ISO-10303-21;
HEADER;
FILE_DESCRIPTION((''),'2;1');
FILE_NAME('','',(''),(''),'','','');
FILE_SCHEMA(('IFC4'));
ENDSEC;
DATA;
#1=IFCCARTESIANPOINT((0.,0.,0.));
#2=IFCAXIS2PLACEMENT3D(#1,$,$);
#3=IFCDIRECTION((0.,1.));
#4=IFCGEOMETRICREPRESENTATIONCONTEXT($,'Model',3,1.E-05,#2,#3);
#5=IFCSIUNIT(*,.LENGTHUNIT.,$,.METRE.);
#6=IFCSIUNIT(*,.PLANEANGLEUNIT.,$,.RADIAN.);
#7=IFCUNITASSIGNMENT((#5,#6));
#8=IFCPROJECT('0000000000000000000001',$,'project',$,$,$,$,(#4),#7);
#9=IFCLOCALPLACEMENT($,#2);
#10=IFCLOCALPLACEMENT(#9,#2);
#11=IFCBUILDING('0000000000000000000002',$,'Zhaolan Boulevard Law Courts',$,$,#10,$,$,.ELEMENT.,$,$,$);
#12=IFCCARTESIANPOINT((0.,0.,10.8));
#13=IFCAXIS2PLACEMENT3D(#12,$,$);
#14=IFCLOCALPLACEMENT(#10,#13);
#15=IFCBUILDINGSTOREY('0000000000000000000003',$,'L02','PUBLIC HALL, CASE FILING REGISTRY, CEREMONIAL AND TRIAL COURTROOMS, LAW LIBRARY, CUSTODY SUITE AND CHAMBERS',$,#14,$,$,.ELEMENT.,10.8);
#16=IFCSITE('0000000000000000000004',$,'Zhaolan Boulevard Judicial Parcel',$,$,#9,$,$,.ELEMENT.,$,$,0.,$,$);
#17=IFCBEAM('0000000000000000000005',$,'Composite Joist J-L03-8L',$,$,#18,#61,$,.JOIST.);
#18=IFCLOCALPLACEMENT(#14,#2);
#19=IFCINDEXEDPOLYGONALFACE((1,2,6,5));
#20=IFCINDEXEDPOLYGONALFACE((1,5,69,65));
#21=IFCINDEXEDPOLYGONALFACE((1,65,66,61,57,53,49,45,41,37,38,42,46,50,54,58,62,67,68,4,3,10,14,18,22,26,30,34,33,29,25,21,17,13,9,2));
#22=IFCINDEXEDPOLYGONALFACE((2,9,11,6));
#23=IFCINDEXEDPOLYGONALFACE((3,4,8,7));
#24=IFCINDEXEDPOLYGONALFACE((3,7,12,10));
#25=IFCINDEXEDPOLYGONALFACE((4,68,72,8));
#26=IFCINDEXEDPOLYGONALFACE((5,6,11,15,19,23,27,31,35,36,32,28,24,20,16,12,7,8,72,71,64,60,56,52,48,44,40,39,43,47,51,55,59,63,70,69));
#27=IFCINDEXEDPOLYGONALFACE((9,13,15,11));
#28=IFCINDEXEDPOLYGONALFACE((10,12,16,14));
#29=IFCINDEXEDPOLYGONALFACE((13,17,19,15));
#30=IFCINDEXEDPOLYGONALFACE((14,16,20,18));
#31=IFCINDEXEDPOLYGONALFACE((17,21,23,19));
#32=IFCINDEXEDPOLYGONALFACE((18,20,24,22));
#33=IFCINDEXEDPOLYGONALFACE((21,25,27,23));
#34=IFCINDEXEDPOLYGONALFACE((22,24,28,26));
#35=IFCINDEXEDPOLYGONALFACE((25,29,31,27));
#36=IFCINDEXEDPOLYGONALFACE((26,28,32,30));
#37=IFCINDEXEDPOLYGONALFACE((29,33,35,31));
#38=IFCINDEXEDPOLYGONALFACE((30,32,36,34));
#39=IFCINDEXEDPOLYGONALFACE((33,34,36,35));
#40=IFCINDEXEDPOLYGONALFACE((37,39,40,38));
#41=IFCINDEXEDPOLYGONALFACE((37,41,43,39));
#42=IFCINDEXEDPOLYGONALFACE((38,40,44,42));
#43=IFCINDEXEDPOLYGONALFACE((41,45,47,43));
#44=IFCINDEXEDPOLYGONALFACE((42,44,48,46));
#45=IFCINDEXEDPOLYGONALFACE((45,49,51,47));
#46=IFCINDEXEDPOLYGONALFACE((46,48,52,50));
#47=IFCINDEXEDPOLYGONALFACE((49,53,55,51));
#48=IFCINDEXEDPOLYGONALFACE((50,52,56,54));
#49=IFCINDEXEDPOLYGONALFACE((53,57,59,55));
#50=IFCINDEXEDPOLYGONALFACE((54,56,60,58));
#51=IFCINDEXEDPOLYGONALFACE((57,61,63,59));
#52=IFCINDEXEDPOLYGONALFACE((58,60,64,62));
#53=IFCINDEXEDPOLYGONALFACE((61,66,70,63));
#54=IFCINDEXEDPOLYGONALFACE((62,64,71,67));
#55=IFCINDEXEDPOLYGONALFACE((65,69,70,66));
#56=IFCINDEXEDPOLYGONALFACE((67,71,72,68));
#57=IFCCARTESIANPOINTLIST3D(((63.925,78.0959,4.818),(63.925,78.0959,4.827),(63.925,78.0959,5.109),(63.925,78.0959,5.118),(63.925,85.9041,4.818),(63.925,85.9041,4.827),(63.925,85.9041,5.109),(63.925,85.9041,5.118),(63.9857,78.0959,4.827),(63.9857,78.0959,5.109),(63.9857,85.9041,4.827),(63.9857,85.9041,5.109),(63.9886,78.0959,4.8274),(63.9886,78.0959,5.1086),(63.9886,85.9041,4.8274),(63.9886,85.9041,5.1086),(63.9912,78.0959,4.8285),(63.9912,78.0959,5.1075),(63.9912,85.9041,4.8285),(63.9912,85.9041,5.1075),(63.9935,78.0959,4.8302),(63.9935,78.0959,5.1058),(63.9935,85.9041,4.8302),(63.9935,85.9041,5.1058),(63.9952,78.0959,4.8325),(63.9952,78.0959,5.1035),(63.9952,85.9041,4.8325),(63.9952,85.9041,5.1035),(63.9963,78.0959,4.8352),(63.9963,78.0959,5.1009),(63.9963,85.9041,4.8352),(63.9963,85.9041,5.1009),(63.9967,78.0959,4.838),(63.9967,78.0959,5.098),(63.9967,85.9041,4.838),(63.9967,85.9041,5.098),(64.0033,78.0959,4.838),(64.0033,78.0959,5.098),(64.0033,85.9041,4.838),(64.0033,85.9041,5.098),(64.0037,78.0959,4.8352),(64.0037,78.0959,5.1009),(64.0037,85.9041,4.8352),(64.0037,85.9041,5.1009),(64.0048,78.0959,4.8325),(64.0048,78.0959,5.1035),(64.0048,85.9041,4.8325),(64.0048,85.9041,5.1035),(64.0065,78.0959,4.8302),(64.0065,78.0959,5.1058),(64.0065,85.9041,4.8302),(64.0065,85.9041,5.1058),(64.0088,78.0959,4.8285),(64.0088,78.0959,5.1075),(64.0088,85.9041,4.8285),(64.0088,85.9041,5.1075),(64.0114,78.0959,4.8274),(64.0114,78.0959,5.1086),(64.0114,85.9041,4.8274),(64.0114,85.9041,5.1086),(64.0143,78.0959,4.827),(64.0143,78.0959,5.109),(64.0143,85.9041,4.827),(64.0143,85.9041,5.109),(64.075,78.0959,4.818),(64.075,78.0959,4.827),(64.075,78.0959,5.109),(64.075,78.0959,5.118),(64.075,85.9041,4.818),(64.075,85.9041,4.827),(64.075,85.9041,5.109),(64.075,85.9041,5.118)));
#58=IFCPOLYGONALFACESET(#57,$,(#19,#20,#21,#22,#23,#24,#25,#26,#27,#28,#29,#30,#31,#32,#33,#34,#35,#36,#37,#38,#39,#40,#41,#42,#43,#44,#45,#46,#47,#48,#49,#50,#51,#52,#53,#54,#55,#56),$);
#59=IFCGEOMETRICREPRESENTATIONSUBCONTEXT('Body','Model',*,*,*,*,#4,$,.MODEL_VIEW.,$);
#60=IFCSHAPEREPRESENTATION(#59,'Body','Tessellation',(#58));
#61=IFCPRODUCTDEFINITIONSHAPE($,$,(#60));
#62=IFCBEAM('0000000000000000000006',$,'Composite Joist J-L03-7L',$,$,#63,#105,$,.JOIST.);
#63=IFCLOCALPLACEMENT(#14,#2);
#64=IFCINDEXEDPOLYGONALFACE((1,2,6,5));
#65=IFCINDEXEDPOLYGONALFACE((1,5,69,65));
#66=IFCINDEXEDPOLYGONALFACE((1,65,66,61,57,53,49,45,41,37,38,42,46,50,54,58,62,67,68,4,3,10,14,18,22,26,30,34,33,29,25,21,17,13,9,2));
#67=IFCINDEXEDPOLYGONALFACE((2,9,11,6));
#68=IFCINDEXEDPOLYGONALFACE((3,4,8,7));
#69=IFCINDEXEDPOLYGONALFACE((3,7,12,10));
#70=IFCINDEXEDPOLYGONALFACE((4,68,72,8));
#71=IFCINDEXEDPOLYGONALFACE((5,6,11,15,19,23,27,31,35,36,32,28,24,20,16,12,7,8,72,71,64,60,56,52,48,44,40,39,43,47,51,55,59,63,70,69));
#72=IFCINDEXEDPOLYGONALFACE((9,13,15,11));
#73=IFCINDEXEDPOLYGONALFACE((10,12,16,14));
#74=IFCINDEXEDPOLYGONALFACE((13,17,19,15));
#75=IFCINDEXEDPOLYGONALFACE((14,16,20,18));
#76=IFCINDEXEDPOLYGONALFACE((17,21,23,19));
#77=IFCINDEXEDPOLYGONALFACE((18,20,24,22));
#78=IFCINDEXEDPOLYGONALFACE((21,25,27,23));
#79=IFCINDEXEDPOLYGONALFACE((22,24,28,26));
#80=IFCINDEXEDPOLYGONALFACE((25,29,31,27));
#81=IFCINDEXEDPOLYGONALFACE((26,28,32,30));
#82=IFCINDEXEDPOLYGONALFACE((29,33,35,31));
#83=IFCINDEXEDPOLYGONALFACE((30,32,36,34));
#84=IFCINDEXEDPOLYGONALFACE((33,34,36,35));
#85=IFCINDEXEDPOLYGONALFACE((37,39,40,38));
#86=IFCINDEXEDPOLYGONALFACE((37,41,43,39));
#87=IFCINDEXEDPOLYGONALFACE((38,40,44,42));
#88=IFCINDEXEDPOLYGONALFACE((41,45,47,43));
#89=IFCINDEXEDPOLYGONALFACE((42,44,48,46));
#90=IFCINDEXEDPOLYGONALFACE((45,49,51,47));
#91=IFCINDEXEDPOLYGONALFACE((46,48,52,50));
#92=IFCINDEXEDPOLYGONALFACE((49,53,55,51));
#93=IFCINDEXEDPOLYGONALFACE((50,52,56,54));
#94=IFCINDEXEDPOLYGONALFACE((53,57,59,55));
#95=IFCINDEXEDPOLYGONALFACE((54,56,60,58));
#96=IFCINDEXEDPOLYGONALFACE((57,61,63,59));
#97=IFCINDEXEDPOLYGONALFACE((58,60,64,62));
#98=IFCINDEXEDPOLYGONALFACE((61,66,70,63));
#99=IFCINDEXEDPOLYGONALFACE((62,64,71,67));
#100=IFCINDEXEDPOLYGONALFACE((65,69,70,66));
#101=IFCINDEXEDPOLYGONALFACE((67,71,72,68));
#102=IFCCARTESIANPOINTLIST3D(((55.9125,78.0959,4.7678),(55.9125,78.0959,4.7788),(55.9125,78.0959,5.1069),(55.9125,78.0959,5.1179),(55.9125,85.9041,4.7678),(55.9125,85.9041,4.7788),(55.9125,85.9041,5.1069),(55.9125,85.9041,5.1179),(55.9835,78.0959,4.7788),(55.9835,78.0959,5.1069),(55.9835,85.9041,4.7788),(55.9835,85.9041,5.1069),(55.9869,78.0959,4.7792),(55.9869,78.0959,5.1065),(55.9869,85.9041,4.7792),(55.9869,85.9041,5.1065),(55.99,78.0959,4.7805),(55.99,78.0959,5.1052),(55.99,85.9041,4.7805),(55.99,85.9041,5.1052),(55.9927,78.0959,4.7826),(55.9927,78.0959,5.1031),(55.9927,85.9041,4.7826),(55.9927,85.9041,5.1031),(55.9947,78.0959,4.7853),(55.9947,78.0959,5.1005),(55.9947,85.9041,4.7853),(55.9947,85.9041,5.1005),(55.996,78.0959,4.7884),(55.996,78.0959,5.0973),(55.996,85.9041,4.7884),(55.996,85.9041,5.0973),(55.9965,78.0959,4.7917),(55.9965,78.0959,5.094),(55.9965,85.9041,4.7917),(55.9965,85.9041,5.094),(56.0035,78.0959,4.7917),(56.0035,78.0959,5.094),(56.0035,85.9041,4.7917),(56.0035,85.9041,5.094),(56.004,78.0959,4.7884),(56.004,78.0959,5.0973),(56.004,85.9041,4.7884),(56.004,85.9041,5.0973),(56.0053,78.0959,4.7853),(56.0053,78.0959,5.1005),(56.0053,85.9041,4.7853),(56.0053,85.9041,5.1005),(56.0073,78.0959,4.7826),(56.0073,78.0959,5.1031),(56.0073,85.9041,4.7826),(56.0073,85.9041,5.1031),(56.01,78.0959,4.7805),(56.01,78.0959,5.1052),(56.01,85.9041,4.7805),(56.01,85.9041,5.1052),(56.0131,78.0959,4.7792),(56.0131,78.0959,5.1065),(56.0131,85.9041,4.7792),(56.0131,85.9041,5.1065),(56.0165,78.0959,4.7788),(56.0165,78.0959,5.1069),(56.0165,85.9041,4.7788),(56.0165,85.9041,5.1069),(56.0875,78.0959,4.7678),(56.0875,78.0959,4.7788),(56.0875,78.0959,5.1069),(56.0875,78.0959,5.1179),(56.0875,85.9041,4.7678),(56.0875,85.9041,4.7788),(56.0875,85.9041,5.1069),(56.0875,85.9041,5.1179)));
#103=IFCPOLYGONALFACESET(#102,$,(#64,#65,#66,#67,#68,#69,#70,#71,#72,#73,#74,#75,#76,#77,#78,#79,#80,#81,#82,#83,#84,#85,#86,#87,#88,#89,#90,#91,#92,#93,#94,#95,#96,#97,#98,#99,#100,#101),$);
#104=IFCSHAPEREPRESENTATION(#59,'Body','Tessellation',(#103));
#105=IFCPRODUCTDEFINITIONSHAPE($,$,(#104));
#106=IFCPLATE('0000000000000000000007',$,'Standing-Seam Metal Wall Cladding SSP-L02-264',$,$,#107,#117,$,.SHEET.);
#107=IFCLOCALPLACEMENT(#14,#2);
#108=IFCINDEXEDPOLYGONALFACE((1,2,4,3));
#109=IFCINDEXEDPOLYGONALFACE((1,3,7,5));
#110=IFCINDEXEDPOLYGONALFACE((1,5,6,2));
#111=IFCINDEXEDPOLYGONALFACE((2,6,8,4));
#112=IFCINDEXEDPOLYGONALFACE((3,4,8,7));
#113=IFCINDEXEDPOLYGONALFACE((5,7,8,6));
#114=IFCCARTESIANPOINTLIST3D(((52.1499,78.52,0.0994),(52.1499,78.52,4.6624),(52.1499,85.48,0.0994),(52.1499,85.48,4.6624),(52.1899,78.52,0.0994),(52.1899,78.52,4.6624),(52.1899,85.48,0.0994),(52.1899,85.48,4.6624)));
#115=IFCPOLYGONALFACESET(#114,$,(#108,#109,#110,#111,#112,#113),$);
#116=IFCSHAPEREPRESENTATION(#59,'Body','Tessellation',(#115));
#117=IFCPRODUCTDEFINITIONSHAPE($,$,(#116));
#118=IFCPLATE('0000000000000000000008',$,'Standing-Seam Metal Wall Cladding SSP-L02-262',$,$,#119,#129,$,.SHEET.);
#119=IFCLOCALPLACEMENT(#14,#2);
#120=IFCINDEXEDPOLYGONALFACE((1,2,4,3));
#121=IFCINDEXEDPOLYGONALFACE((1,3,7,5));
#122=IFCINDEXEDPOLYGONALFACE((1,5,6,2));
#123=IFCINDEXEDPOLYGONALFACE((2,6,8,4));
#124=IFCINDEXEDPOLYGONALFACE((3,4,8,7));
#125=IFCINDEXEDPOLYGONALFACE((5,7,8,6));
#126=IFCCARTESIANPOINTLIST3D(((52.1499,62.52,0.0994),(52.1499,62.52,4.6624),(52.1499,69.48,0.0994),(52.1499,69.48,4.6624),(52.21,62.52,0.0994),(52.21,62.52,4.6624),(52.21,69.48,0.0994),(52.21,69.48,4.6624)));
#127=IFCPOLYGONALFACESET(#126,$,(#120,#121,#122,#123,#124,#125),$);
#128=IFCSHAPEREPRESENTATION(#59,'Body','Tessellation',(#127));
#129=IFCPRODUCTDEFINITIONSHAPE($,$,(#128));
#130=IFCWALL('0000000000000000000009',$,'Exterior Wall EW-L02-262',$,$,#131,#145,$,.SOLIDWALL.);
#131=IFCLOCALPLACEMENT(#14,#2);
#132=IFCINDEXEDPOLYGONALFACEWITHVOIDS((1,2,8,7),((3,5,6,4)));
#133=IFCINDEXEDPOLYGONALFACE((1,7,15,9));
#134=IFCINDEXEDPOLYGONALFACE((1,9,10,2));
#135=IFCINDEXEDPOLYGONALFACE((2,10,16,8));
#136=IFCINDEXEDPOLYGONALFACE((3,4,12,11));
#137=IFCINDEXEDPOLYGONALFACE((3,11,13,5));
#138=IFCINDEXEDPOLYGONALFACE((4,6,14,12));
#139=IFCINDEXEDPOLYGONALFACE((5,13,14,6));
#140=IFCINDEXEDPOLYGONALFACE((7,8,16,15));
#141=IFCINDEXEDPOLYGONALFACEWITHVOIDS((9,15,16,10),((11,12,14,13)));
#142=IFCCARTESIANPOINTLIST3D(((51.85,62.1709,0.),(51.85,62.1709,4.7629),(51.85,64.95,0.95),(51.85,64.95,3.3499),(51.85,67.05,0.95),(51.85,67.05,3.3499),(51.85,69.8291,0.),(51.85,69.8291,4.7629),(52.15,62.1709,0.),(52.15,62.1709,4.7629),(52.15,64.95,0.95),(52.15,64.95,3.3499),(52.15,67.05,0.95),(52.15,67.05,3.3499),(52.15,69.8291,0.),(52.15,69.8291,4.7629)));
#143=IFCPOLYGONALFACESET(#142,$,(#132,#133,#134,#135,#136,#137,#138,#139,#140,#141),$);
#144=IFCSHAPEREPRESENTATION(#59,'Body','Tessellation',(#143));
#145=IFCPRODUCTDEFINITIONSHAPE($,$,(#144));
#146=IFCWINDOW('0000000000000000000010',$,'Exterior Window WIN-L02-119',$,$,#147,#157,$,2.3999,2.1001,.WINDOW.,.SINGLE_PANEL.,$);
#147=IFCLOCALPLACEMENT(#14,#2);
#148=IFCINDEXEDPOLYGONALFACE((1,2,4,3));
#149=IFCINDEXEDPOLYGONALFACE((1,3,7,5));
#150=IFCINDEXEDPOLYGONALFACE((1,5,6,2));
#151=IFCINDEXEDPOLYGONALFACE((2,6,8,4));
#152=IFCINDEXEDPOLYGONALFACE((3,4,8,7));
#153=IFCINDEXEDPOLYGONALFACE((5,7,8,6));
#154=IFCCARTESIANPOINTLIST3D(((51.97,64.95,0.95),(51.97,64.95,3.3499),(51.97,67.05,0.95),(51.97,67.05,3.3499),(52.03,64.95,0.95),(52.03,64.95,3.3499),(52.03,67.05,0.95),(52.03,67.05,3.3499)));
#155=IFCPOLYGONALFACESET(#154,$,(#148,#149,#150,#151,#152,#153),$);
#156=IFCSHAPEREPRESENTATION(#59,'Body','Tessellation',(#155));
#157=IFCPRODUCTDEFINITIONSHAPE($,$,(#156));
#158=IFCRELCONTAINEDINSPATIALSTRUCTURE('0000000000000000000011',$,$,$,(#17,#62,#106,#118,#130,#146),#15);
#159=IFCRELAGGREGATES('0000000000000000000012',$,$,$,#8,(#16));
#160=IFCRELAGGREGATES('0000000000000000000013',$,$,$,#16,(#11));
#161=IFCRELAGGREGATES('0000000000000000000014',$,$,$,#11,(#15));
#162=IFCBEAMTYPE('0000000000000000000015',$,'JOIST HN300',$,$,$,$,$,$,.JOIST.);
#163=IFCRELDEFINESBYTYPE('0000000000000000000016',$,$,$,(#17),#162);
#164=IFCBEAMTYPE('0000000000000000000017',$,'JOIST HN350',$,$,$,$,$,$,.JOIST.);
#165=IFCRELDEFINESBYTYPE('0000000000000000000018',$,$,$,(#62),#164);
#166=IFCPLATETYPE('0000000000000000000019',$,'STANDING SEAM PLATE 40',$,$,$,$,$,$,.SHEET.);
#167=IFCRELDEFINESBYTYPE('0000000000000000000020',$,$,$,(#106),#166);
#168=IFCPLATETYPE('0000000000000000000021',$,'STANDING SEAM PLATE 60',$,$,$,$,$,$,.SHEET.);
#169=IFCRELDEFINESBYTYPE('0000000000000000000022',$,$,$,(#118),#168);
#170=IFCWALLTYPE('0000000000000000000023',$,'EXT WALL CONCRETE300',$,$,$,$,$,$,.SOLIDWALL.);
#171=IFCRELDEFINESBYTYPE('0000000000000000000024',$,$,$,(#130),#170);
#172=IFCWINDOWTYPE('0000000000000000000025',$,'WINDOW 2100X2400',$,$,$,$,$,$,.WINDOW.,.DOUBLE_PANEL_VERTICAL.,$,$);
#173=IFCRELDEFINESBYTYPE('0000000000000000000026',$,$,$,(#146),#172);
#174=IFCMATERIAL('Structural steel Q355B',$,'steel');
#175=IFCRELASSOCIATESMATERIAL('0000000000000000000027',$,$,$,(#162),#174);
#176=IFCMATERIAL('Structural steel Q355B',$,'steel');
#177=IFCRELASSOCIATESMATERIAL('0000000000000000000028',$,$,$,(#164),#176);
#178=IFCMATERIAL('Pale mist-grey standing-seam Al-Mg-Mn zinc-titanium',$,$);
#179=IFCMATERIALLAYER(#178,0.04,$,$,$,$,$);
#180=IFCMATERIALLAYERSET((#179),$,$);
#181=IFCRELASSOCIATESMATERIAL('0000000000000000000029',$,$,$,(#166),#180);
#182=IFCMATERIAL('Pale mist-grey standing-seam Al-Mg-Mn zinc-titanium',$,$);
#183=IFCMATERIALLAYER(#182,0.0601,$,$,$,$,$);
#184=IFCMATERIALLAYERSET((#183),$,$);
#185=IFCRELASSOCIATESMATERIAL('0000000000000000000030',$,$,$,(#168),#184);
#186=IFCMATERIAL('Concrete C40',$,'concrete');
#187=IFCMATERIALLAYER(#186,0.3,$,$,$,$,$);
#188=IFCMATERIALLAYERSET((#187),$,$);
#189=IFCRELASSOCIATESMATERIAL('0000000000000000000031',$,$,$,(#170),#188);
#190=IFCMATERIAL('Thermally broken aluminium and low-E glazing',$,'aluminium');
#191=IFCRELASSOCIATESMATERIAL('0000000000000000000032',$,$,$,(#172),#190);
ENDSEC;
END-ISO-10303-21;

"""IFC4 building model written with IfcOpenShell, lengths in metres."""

from ifc_helpers import new_model, si_unit, direction, frame, frame_2d, origin, origin_2d, place, context, subcontext, project, spatial, rectangle, i_section, extrude, material, layer, layer_set, material_profile, profile_set, type_object, element, fill, save


model = new_model("IFC4")

# Units and contexts
model_context = context("Model", 3, precision=1e-05, world=origin(), true_north=direction((0.0, 1.0)))
body_context = subcontext(model_context, "Body", "Model", "MODEL_VIEW")
ifc_project = project(units=[si_unit("LENGTHUNIT", "METRE"), si_unit("PLANEANGLEUNIT", "RADIAN")], contexts=[model_context])

# Site, building, storey
site_placement = place(None, origin())
site = spatial("IfcSite", under=ifc_project, at=site_placement, Name="Zhaolan Boulevard Judicial Parcel", CompositionType="ELEMENT", RefElevation=0.0)
building_placement = place(site_placement, origin())
building = spatial("IfcBuilding", under=site, at=building_placement, Name="Zhaolan Boulevard Law Courts", CompositionType="ELEMENT")
storey_placement = place(building_placement, frame((0.0, 0.0, 10.8)))
storey = spatial("IfcBuildingStorey", under=building, at=storey_placement, Name="L02", Description="PUBLIC HALL, CASE FILING REGISTRY, CEREMONIAL AND TRIAL COURTROOMS, LAW LIBRARY, CUSTODY SUITE AND CHAMBERS", CompositionType="ELEMENT", Elevation=10.8)

# Beams
ifc_material_1 = material(Name="Structural steel Q355B", Category="steel")
ifc_material_profile_1 = material_profile(ifc_material_1, i_section(OverallWidth=0.1499, OverallDepth=0.3, WebThickness=0.0066, FlangeThickness=0.009, FilletRadius=0.011, at=origin_2d()), Name="HN300x150")
ifc_profile_set_1 = profile_set([ifc_material_profile_1], Name="Structural steel Q355B")
beam_type_1 = type_object("IfcBeamType", Name="JOIST HN300", PredefinedType="JOIST", material=ifc_profile_set_1)
beam_1_placement = place(storey_placement, frame((64.0, 78.0959, 4.968), z_axis=(0.0, 1.0, 0.0), x_axis=(-1.0, 0.0, 0.0)))
element("IfcBeam", 1, at=beam_1_placement, inside=storey, type_object=beam_type_1, Name="Composite Joist J-L03-8L", PredefinedType="JOIST", context=body_context, shape_type="SweptSolid", body=[
    extrude(i_section(OverallWidth=0.1499, OverallDepth=0.3, WebThickness=0.0066, FlangeThickness=0.009, FilletRadius=0.011, at=origin_2d()), origin(), (0.0, 0.0, 1.0), 7.8081),
])
ifc_material_2 = material(Name="Structural steel Q355B", Category="steel")
ifc_material_profile_2 = material_profile(ifc_material_2, i_section(OverallWidth=0.175, OverallDepth=0.3501, WebThickness=0.0071, FlangeThickness=0.011, FilletRadius=0.0129, at=origin_2d()), Name="HN350x175")
ifc_profile_set_2 = profile_set([ifc_material_profile_2], Name="Structural steel Q355B")
beam_type_2 = type_object("IfcBeamType", Name="JOIST HN350", PredefinedType="JOIST", material=ifc_profile_set_2)
beam_2_placement = place(storey_placement, frame((56.0, 78.0959, 4.9429), z_axis=(0.0, 1.0, 0.0), x_axis=(-1.0, 0.0, 0.0)))
element("IfcBeam", 2, at=beam_2_placement, inside=storey, type_object=beam_type_2, Name="Composite Joist J-L03-7L", PredefinedType="JOIST", context=body_context, shape_type="SweptSolid", body=[
    extrude(i_section(OverallWidth=0.175, OverallDepth=0.3501, WebThickness=0.0071, FlangeThickness=0.011, FilletRadius=0.0129, at=origin_2d()), origin(), (0.0, 0.0, 1.0), 7.8081),
])

# Plates
ifc_material_3 = material(Name="Pale mist-grey standing-seam Al-Mg-Mn zinc-titanium")
ifc_layer_1 = layer(ifc_material_3, 0.04)
ifc_layer_set_1 = layer_set([ifc_layer_1])
plate_type_1 = type_object("IfcPlateType", Name="STANDING SEAM PLATE 40", PredefinedType="SHEET", material=ifc_layer_set_1)
plate_1_placement = place(storey_placement, frame((52.1699, 82.0, 0.0994), z_axis=(0.0, 0.0, 1.0), x_axis=(0.0, -1.0, 0.0)))
element("IfcPlate", 3, at=plate_1_placement, inside=storey, type_object=plate_type_1, Name="Standing-Seam Metal Wall Cladding SSP-L02-264", PredefinedType="SHEET", context=body_context, shape_type="SweptSolid", body=[
    extrude(rectangle(XDim=6.96, YDim=0.04, at=origin_2d()), origin(), (0.0, 0.0, 1.0), 4.563),
])
ifc_material_4 = material(Name="Pale mist-grey standing-seam Al-Mg-Mn zinc-titanium")
ifc_layer_2 = layer(ifc_material_4, 0.0601)
ifc_layer_set_2 = layer_set([ifc_layer_2])
plate_type_2 = type_object("IfcPlateType", Name="STANDING SEAM PLATE 60", PredefinedType="SHEET", material=ifc_layer_set_2)
plate_2_placement = place(storey_placement, frame((52.1799, 66.0, 0.0994), z_axis=(0.0, 0.0, 1.0), x_axis=(0.0, -1.0, 0.0)))
element("IfcPlate", 4, at=plate_2_placement, inside=storey, type_object=plate_type_2, Name="Standing-Seam Metal Wall Cladding SSP-L02-262", PredefinedType="SHEET", context=body_context, shape_type="SweptSolid", body=[
    extrude(rectangle(XDim=6.96, YDim=0.0601, at=origin_2d()), origin(), (0.0, 0.0, 1.0), 4.563),
])

# Wall, opening, window
ifc_material_5 = material(Name="Concrete C40", Category="concrete")
ifc_layer_3 = layer(ifc_material_5, 0.3)
ifc_layer_set_3 = layer_set([ifc_layer_3])
wall_type_1 = type_object("IfcWallType", Name="EXT WALL CONCRETE300", PredefinedType="SOLIDWALL", material=ifc_layer_set_3)
wall_1_placement = place(storey_placement, frame((52.0, 69.8291, 0.0), z_axis=(0.0, 0.0, 1.0), x_axis=(0.0, -1.0, 0.0)))
wall_1 = element("IfcWall", 5, at=wall_1_placement, inside=storey, type_object=wall_type_1, Name="Exterior Wall EW-L02-262", PredefinedType="SOLIDWALL", context=body_context, shape_type="SweptSolid", body=[
    extrude(rectangle(XDim=7.6582, YDim=0.3, at=frame_2d((3.8291, 0.0))), origin(), (0.0, 0.0, 1.0), 4.7629),
])
opening_1_placement = place(wall_1_placement, frame((2.7791, 0.0, 0.95)))
opening_1 = element("IfcOpeningElement", 6, at=opening_1_placement, cuts=wall_1, PredefinedType="OPENING", context=body_context, shape_type="SweptSolid", body=[
    extrude(rectangle(XDim=2.1001, YDim=2.3999, at=frame_2d((1.05, 1.2))), frame((0.0, 0.1599, 0.0), z_axis=(0.0, -1.0, 0.0), x_axis=(1.0, 0.0, 0.0)), (0.0, 0.0, 1.0), 0.3201),
])
ifc_material_6 = material(Name="Thermally broken aluminium and low-E glazing", Category="aluminium")
window_type_1 = type_object("IfcWindowType", Name="WINDOW 2100X2400", PartitioningType="DOUBLE_PANEL_VERTICAL", PredefinedType="WINDOW", material=ifc_material_6)
window_1_placement = place(opening_1_placement, origin())
window_1 = element("IfcWindow", 7, at=window_1_placement, inside=storey, type_object=window_type_1, Name="Exterior Window WIN-L02-119", OverallHeight=2.3999, OverallWidth=2.1001, PartitioningType="SINGLE_PANEL", PredefinedType="WINDOW", context=body_context, shape_type="SweptSolid", body=[
    extrude(rectangle(XDim=2.1001, YDim=2.3999, at=frame_2d((1.05, 1.2))), frame((0.0, 0.03, 0.0), z_axis=(0.0, -1.0, 0.0), x_axis=(1.0, 0.0, 0.0)), (0.0, 0.0, 1.0), 0.0601),
])
fill(opening_1, window_1)

save(model, "model.ifc")
